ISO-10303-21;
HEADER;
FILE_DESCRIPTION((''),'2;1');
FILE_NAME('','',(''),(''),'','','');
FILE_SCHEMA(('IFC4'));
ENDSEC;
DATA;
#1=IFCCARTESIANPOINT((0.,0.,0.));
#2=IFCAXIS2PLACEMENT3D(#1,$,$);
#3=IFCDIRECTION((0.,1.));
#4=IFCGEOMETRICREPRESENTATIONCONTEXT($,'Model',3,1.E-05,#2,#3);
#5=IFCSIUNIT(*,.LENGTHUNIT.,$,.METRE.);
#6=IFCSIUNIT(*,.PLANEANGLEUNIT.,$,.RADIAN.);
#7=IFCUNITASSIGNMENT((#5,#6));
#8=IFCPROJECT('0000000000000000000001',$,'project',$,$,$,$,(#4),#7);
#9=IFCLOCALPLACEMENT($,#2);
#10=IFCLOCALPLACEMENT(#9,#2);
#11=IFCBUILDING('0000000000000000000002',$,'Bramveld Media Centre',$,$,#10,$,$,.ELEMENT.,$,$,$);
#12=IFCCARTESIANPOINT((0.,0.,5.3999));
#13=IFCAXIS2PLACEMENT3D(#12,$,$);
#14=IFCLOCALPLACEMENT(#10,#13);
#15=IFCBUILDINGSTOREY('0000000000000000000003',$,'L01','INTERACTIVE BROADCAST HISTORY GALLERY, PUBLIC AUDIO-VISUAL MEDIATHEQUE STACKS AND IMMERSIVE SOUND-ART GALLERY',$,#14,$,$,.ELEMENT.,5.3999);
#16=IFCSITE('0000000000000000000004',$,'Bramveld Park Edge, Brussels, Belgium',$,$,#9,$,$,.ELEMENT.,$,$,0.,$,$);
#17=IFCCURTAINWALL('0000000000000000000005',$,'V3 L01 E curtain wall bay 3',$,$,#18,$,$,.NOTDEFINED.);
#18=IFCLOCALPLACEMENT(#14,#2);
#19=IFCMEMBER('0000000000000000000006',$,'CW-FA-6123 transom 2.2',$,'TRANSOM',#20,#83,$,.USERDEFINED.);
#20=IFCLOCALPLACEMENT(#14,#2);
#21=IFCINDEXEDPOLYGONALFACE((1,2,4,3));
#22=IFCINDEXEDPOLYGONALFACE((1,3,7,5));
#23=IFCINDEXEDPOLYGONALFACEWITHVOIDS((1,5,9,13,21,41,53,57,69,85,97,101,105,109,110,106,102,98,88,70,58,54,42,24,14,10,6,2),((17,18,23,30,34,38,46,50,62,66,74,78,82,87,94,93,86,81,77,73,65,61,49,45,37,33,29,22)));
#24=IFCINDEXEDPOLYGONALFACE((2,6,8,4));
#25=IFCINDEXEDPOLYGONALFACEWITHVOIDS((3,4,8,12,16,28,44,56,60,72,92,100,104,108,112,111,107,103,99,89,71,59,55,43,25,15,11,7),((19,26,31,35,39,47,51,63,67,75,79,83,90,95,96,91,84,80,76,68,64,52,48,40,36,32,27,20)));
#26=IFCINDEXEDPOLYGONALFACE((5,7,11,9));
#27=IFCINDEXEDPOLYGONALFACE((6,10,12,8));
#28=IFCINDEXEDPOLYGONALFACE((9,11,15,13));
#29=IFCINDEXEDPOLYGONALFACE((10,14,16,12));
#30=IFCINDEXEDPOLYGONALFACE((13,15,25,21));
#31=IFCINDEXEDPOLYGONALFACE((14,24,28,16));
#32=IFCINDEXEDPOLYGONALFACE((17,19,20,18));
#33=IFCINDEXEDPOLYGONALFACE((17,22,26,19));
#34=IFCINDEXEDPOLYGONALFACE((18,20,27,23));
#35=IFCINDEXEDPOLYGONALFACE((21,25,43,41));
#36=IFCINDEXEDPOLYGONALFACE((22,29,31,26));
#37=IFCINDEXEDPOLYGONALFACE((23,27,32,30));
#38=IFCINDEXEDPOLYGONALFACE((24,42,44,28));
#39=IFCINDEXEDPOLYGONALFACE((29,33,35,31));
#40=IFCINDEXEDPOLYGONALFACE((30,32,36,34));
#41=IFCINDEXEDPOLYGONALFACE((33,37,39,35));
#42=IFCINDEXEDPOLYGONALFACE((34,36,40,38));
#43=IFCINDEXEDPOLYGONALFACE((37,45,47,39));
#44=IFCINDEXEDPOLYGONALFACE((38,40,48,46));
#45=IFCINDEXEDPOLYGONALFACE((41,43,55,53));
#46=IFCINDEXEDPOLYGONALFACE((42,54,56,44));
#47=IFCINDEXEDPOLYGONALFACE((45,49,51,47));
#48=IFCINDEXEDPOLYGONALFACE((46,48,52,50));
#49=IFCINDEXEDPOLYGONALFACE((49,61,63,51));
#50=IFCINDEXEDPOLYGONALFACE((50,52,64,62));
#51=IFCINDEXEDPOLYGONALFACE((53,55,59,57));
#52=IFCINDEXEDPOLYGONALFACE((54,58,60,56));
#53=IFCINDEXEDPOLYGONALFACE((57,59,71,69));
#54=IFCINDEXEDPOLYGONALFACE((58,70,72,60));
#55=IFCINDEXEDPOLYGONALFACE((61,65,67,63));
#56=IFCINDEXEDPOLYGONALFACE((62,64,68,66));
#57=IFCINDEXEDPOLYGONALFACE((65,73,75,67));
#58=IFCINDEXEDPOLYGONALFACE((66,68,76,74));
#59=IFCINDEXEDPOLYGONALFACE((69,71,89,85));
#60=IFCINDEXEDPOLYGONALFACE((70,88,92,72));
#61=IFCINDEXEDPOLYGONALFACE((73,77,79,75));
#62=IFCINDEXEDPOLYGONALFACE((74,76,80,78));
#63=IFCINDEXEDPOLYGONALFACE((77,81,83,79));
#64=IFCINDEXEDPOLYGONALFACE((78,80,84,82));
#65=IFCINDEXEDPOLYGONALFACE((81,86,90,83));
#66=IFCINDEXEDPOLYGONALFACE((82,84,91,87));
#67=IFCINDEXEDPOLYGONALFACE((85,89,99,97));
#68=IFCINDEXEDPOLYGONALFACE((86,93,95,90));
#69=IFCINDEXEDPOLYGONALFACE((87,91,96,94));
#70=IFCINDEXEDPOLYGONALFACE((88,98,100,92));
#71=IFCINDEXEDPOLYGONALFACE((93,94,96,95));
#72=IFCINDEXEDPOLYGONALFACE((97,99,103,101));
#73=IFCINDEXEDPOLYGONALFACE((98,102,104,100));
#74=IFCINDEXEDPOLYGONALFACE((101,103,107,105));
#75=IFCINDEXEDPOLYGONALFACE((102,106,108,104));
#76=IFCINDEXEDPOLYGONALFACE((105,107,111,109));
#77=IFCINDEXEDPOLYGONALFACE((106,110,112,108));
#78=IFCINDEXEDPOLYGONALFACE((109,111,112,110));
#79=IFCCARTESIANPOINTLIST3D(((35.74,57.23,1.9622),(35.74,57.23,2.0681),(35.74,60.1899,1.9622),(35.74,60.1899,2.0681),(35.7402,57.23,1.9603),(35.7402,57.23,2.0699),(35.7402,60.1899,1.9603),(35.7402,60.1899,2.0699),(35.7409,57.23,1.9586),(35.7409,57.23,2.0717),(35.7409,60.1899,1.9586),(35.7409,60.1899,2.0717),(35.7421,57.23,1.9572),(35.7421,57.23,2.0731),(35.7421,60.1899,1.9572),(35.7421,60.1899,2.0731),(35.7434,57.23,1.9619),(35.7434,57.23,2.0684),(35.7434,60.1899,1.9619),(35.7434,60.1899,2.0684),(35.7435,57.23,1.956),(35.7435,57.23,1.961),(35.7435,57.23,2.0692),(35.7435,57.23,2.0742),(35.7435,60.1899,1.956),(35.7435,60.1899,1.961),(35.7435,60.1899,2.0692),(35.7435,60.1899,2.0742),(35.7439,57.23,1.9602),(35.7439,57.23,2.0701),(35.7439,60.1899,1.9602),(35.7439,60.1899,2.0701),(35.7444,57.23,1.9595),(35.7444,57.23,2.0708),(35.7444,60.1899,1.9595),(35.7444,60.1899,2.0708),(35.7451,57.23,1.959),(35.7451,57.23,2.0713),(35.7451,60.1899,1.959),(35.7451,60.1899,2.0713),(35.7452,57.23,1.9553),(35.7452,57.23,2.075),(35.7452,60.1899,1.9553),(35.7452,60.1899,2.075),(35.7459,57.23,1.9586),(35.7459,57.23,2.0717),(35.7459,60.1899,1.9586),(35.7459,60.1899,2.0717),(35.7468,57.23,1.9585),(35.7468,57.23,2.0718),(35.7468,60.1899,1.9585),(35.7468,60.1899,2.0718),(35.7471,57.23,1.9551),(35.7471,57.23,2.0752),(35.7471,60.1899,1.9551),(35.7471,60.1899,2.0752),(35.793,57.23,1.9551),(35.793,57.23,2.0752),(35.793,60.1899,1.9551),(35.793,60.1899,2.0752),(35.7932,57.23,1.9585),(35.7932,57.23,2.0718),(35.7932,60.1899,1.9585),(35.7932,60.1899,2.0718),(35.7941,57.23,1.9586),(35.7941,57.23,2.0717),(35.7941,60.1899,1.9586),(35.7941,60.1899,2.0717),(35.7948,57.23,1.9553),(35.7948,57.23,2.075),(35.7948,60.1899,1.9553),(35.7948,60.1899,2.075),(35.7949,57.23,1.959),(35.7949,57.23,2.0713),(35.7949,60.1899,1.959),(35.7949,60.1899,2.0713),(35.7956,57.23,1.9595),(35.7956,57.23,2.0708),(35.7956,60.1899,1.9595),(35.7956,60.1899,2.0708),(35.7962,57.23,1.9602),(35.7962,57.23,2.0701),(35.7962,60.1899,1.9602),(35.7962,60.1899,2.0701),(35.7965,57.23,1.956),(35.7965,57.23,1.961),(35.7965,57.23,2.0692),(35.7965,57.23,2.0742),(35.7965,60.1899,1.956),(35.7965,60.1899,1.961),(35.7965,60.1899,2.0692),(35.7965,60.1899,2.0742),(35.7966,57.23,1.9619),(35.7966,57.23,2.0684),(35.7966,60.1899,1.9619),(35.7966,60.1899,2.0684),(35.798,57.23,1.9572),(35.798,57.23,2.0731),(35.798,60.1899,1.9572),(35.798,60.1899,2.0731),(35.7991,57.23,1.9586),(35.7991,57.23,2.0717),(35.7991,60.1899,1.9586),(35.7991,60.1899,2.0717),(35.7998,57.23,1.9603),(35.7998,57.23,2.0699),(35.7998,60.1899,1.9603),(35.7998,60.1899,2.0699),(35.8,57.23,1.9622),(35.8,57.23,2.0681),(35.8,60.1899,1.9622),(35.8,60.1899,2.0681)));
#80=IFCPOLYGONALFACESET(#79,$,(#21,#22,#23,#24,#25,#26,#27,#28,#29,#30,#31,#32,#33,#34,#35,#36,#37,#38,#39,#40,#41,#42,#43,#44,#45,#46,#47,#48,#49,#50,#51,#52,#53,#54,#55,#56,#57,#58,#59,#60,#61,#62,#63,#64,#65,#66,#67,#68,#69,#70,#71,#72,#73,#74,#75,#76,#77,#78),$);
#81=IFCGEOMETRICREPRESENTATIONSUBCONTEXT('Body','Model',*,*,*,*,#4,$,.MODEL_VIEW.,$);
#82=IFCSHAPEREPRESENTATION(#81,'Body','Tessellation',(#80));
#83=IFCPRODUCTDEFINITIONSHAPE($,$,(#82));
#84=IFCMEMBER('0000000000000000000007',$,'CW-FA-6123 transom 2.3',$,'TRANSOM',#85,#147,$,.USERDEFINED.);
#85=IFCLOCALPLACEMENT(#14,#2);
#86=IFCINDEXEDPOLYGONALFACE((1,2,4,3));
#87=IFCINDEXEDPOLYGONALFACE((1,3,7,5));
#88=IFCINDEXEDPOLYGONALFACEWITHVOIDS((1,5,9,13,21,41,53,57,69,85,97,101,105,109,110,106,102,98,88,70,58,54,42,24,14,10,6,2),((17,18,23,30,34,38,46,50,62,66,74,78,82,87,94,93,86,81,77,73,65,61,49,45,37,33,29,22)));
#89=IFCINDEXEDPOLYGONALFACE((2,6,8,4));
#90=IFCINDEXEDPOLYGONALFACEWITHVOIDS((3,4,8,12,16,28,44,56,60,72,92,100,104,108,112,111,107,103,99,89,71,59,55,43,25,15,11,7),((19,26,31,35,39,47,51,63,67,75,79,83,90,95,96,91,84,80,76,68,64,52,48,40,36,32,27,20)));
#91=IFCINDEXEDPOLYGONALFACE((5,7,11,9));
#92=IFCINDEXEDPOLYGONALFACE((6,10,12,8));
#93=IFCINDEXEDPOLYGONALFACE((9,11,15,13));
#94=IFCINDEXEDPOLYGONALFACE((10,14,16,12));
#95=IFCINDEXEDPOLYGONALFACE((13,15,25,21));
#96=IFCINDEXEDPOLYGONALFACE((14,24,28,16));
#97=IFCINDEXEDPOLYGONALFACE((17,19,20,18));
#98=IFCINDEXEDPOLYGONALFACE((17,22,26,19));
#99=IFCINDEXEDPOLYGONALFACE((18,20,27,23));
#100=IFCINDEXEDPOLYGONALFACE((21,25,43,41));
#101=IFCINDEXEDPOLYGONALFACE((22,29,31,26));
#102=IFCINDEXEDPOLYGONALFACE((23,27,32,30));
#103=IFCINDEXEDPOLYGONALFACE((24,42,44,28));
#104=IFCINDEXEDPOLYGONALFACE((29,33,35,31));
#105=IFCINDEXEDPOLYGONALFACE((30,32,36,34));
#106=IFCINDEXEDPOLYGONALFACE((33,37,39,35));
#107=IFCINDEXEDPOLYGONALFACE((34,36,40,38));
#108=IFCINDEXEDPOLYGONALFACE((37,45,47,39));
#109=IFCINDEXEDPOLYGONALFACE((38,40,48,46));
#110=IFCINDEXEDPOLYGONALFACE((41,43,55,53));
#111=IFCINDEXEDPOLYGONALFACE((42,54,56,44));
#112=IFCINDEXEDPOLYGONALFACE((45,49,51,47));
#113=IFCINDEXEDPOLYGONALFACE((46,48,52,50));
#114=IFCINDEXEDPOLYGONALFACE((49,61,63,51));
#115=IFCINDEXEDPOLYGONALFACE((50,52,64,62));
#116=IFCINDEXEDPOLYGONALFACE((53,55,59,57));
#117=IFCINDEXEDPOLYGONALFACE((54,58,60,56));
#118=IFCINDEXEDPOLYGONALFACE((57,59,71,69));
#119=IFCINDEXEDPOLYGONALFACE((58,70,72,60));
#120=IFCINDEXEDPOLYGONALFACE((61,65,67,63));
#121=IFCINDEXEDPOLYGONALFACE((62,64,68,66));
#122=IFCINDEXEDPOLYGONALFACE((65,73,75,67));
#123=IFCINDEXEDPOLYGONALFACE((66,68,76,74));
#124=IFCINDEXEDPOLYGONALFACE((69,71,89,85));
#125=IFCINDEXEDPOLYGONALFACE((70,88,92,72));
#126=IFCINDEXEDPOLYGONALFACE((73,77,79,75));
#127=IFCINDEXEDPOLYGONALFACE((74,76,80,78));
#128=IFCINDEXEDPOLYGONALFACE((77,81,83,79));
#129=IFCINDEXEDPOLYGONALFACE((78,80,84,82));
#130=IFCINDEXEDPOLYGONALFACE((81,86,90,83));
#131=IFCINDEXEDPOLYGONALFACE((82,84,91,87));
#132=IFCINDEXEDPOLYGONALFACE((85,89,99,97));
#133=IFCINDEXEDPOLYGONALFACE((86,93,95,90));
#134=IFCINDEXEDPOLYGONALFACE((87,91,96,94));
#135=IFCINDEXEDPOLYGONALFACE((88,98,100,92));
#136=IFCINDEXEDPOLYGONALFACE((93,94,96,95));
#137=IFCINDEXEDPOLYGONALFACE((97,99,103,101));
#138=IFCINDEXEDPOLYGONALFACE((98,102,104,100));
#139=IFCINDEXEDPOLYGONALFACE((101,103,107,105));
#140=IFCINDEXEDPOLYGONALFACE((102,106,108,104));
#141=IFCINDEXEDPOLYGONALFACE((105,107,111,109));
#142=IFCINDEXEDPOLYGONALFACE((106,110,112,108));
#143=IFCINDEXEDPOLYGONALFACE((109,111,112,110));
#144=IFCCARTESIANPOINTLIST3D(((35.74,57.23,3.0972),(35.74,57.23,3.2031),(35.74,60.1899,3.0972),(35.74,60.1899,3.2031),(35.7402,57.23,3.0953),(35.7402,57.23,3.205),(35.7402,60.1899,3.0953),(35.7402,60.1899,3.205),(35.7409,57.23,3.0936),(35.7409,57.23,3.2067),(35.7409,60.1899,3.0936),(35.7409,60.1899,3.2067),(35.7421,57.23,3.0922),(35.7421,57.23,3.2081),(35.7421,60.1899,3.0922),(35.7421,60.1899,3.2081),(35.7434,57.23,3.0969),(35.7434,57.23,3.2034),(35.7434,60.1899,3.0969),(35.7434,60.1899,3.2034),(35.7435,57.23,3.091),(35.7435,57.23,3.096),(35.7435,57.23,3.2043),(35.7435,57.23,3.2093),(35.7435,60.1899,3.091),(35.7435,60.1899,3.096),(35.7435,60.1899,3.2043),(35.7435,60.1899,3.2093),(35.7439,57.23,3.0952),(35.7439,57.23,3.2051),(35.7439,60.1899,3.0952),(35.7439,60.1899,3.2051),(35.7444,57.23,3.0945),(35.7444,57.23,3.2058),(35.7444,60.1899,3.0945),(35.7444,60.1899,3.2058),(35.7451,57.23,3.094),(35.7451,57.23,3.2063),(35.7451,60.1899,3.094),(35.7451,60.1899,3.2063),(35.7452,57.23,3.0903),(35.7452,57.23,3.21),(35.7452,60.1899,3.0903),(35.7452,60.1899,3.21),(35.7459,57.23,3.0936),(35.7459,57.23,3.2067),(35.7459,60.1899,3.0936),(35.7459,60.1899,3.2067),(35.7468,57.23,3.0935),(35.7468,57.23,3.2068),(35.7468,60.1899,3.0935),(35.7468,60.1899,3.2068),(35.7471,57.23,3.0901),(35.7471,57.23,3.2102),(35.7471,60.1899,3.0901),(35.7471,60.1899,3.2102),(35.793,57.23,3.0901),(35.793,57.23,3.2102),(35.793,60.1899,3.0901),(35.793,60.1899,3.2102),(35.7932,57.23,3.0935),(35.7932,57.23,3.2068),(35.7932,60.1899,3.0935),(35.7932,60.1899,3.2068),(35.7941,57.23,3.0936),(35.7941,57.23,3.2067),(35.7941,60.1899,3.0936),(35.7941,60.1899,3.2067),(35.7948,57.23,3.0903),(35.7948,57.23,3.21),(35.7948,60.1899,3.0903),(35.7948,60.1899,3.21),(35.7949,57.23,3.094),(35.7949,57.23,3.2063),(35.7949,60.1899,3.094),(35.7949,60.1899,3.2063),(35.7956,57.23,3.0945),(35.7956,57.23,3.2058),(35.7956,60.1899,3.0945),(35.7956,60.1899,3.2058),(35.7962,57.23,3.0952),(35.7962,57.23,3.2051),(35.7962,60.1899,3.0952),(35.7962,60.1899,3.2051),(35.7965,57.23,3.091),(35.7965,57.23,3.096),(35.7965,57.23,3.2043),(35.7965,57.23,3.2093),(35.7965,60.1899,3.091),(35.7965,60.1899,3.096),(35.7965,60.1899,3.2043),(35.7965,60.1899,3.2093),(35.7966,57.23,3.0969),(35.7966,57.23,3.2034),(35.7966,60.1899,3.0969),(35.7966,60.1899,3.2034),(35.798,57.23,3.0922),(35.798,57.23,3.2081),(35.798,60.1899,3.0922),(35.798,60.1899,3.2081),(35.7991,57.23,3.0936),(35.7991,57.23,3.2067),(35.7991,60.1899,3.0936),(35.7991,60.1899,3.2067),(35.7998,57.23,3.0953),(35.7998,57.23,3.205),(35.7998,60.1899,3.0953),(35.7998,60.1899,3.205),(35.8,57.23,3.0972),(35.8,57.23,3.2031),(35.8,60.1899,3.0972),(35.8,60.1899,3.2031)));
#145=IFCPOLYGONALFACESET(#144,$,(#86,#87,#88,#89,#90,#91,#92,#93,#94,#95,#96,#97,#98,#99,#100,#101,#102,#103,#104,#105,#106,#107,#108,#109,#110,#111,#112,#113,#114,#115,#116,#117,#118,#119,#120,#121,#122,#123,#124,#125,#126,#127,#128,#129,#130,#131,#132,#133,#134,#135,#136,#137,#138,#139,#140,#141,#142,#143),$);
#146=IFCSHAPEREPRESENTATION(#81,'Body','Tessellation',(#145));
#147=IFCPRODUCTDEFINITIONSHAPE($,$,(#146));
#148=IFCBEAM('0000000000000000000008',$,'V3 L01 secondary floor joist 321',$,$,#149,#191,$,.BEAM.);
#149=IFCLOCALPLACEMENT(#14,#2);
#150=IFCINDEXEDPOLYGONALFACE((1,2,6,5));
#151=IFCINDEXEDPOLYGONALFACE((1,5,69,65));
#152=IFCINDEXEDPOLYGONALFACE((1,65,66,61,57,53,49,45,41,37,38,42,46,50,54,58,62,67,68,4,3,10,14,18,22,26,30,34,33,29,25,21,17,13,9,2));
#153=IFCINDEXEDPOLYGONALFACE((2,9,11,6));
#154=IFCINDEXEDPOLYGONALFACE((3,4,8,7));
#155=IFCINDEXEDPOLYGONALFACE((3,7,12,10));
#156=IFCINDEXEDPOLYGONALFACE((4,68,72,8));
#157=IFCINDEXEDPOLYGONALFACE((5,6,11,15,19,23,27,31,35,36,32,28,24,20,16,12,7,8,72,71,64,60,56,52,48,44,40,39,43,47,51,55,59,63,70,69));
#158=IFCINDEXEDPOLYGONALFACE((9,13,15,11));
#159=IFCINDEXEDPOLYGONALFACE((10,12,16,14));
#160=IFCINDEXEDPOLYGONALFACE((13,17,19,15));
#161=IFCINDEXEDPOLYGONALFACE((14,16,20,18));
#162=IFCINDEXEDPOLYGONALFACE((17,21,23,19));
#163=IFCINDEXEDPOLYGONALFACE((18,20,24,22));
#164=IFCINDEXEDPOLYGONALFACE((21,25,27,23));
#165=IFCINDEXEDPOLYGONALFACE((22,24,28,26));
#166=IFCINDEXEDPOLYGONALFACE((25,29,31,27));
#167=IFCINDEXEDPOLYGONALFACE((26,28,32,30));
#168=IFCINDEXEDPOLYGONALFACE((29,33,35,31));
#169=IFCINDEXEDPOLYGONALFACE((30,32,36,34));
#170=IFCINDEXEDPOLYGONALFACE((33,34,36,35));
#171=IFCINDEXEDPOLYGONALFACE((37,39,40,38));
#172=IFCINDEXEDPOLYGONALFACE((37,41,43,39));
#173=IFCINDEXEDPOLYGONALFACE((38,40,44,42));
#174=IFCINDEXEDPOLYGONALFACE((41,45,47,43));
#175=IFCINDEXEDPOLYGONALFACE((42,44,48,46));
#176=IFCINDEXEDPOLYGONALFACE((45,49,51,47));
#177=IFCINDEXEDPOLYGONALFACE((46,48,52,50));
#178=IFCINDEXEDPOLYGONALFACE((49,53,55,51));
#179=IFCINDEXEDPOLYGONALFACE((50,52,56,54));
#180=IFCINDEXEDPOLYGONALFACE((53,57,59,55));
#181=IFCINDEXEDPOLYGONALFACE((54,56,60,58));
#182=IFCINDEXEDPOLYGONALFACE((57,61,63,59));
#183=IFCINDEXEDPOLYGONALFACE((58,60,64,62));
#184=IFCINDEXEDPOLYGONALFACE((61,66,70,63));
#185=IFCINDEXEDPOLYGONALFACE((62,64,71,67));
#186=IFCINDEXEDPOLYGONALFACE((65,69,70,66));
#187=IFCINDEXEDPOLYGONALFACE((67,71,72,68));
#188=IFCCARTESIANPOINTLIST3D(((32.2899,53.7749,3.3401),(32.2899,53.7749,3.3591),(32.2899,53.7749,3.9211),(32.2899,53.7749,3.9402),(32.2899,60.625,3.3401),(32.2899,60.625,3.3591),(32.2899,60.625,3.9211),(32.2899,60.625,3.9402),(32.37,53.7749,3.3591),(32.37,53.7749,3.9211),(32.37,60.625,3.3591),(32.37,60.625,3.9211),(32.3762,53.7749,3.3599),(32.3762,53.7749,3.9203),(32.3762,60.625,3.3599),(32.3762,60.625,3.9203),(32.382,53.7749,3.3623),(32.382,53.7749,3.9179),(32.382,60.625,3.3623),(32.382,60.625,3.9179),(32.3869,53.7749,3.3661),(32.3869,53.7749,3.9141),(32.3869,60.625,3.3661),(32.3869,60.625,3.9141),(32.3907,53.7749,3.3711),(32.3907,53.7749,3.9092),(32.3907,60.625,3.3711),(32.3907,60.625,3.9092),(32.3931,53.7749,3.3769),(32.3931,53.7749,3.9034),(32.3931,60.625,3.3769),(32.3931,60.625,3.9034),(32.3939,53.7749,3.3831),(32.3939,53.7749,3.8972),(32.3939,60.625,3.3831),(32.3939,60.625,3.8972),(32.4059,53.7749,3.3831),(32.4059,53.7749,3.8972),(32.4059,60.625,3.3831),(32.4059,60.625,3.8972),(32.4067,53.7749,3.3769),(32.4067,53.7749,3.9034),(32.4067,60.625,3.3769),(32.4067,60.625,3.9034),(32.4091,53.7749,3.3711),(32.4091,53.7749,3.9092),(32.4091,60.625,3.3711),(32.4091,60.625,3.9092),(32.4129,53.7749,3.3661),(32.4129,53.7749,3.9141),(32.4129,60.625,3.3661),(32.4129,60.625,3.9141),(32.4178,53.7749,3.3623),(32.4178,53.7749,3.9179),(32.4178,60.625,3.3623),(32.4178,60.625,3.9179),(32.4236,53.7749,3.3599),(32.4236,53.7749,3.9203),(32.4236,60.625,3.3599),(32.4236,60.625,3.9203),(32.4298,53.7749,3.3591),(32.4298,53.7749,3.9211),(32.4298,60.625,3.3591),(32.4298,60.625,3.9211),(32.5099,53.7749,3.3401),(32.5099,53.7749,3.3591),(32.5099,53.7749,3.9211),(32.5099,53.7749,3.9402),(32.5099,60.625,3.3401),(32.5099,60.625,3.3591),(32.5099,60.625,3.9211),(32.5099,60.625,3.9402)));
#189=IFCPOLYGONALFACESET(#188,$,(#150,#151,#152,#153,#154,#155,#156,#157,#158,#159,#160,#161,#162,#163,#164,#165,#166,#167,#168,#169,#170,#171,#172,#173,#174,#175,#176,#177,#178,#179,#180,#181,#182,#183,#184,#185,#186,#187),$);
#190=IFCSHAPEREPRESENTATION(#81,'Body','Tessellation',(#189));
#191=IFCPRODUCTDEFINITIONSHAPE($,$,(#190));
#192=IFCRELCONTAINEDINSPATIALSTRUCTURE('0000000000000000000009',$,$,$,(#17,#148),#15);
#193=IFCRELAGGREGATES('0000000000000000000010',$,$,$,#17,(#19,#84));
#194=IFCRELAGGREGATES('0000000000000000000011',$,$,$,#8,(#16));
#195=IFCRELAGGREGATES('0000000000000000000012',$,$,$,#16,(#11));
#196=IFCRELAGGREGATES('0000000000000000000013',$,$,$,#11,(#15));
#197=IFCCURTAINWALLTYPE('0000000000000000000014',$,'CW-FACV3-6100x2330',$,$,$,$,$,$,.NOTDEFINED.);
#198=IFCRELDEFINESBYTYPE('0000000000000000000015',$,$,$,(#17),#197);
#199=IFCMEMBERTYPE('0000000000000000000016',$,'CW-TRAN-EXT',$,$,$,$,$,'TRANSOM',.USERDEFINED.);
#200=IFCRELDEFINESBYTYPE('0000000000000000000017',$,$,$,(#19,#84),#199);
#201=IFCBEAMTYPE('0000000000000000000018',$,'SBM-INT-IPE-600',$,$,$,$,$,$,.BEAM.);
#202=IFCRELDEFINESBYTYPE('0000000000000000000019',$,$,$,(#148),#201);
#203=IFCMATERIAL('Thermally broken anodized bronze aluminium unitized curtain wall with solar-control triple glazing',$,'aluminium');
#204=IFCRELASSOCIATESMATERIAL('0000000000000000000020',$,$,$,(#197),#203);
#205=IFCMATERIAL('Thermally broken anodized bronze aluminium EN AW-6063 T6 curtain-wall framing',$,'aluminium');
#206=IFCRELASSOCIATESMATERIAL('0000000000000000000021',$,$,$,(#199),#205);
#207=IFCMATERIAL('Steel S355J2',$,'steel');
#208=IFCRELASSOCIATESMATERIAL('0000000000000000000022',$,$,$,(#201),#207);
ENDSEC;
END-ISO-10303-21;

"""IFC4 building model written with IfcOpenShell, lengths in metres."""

from ifc_helpers import new_model, si_unit, direction, frame, origin, origin_2d, place, context, subcontext, project, spatial, hollow_rectangle, i_section, extrude, material, material_profile, profile_set, type_object, element, aggregate, save


model = new_model("IFC4")

# Units and contexts
model_context = context("Model", 3, precision=1e-05, world=origin(), true_north=direction((0.0, 1.0)))
body_context = subcontext(model_context, "Body", "Model", "MODEL_VIEW")
ifc_project = project(units=[si_unit("LENGTHUNIT", "METRE"), si_unit("PLANEANGLEUNIT", "RADIAN")], contexts=[model_context])

# Site, building, storey
site_placement = place(None, origin())
site = spatial("IfcSite", under=ifc_project, at=site_placement, Name="Bramveld Park Edge, Brussels, Belgium", CompositionType="ELEMENT", RefElevation=0.0)
building_placement = place(site_placement, origin())
building = spatial("IfcBuilding", under=site, at=building_placement, Name="Bramveld Media Centre", CompositionType="ELEMENT")
storey_placement = place(building_placement, frame((0.0, 0.0, 5.3999)))
storey = spatial("IfcBuildingStorey", under=building, at=storey_placement, Name="L01", Description="INTERACTIVE BROADCAST HISTORY GALLERY, PUBLIC AUDIO-VISUAL MEDIATHEQUE STACKS AND IMMERSIVE SOUND-ART GALLERY", CompositionType="ELEMENT", Elevation=5.3999)

# Curtain wall, members
ifc_material_1 = material(Name="Thermally broken anodized bronze aluminium unitized curtain wall with solar-control triple glazing", Category="aluminium")
curtain_wall_type = type_object("IfcCurtainWallType", Name="CW-FACV3-6100x2330", PredefinedType="NOTDEFINED", material=ifc_material_1)
curtain_wall_placement = place(storey_placement, origin())
curtain_wall = element("IfcCurtainWall", 1, at=curtain_wall_placement, inside=storey, type_object=curtain_wall_type, Name="V3 L01 E curtain wall bay 3", PredefinedType="NOTDEFINED")
ifc_material_2 = material(Name="Thermally broken anodized bronze aluminium EN AW-6063 T6 curtain-wall framing", Category="aluminium")
ifc_material_profile_1 = material_profile(ifc_material_2, hollow_rectangle(XDim=0.0601, YDim=0.1201, WallThickness=0.0034, InnerFilletRadius=0.0034, OuterFilletRadius=0.0071, at=origin_2d()), Name="AL-TRAN 60x120")
ifc_profile_set_1 = profile_set([ifc_material_profile_1], Name="Thermally broken anodized bronze aluminium EN AW-6063 T6 curtain-wall framing")
member_type_1 = type_object("IfcMemberType", Name="CW-TRAN-EXT", ElementType="TRANSOM", PredefinedType="USERDEFINED", material=ifc_profile_set_1)
member_1_placement = place(storey_placement, frame((35.77, 57.23, 2.0151), z_axis=(0.0, 1.0, 0.0), x_axis=(-1.0, 0.0, 0.0)))
member_1 = element("IfcMember", 2, at=member_1_placement, type_object=member_type_1, Name="CW-FA-6123 transom 2.2", ObjectType="TRANSOM", PredefinedType="USERDEFINED", context=body_context, shape_type="SweptSolid", body=[
    extrude(hollow_rectangle(XDim=0.0601, YDim=0.1201, WallThickness=0.0034, InnerFilletRadius=0.0034, OuterFilletRadius=0.0071, at=origin_2d()), origin(), (0.0, 0.0, 1.0), 2.96),
])
member_2_placement = place(storey_placement, frame((35.77, 57.23, 3.1501), z_axis=(0.0, 1.0, 0.0), x_axis=(-1.0, 0.0, 0.0)))
member_2 = element("IfcMember", 3, at=member_2_placement, type_object=member_type_1, Name="CW-FA-6123 transom 2.3", ObjectType="TRANSOM", PredefinedType="USERDEFINED", context=body_context, shape_type="SweptSolid", body=[
    extrude(hollow_rectangle(XDim=0.0601, YDim=0.1201, WallThickness=0.0034, InnerFilletRadius=0.0034, OuterFilletRadius=0.0071, at=origin_2d()), origin(), (0.0, 0.0, 1.0), 2.96),
])

# Beam
ifc_material_3 = material(Name="Steel S355J2", Category="steel")
ifc_material_profile_2 = material_profile(ifc_material_3, i_section(OverallWidth=0.22, OverallDepth=0.6001, WebThickness=0.012, FlangeThickness=0.019, FilletRadius=0.0239, at=origin_2d()), Name="IPE 600")
ifc_profile_set_2 = profile_set([ifc_material_profile_2], Name="Steel S355J2")
beam_type_1 = type_object("IfcBeamType", Name="SBM-INT-IPE-600", PredefinedType="BEAM", material=ifc_profile_set_2)
beam_1_placement = place(storey_placement, frame((32.3999, 53.7749, 3.6401), z_axis=(0.0, 1.0, 0.0), x_axis=(-1.0, 0.0, 0.0)))
element("IfcBeam", 4, at=beam_1_placement, inside=storey, type_object=beam_type_1, Name="V3 L01 secondary floor joist 321", PredefinedType="BEAM", context=body_context, shape_type="SweptSolid", body=[
    extrude(i_section(OverallWidth=0.22, OverallDepth=0.6001, WebThickness=0.012, FlangeThickness=0.019, FilletRadius=0.0239, at=origin_2d()), origin(), (0.0, 0.0, 1.0), 6.8501),
])

aggregate(curtain_wall, [member_1, member_2])

save(model, "model.ifc")
